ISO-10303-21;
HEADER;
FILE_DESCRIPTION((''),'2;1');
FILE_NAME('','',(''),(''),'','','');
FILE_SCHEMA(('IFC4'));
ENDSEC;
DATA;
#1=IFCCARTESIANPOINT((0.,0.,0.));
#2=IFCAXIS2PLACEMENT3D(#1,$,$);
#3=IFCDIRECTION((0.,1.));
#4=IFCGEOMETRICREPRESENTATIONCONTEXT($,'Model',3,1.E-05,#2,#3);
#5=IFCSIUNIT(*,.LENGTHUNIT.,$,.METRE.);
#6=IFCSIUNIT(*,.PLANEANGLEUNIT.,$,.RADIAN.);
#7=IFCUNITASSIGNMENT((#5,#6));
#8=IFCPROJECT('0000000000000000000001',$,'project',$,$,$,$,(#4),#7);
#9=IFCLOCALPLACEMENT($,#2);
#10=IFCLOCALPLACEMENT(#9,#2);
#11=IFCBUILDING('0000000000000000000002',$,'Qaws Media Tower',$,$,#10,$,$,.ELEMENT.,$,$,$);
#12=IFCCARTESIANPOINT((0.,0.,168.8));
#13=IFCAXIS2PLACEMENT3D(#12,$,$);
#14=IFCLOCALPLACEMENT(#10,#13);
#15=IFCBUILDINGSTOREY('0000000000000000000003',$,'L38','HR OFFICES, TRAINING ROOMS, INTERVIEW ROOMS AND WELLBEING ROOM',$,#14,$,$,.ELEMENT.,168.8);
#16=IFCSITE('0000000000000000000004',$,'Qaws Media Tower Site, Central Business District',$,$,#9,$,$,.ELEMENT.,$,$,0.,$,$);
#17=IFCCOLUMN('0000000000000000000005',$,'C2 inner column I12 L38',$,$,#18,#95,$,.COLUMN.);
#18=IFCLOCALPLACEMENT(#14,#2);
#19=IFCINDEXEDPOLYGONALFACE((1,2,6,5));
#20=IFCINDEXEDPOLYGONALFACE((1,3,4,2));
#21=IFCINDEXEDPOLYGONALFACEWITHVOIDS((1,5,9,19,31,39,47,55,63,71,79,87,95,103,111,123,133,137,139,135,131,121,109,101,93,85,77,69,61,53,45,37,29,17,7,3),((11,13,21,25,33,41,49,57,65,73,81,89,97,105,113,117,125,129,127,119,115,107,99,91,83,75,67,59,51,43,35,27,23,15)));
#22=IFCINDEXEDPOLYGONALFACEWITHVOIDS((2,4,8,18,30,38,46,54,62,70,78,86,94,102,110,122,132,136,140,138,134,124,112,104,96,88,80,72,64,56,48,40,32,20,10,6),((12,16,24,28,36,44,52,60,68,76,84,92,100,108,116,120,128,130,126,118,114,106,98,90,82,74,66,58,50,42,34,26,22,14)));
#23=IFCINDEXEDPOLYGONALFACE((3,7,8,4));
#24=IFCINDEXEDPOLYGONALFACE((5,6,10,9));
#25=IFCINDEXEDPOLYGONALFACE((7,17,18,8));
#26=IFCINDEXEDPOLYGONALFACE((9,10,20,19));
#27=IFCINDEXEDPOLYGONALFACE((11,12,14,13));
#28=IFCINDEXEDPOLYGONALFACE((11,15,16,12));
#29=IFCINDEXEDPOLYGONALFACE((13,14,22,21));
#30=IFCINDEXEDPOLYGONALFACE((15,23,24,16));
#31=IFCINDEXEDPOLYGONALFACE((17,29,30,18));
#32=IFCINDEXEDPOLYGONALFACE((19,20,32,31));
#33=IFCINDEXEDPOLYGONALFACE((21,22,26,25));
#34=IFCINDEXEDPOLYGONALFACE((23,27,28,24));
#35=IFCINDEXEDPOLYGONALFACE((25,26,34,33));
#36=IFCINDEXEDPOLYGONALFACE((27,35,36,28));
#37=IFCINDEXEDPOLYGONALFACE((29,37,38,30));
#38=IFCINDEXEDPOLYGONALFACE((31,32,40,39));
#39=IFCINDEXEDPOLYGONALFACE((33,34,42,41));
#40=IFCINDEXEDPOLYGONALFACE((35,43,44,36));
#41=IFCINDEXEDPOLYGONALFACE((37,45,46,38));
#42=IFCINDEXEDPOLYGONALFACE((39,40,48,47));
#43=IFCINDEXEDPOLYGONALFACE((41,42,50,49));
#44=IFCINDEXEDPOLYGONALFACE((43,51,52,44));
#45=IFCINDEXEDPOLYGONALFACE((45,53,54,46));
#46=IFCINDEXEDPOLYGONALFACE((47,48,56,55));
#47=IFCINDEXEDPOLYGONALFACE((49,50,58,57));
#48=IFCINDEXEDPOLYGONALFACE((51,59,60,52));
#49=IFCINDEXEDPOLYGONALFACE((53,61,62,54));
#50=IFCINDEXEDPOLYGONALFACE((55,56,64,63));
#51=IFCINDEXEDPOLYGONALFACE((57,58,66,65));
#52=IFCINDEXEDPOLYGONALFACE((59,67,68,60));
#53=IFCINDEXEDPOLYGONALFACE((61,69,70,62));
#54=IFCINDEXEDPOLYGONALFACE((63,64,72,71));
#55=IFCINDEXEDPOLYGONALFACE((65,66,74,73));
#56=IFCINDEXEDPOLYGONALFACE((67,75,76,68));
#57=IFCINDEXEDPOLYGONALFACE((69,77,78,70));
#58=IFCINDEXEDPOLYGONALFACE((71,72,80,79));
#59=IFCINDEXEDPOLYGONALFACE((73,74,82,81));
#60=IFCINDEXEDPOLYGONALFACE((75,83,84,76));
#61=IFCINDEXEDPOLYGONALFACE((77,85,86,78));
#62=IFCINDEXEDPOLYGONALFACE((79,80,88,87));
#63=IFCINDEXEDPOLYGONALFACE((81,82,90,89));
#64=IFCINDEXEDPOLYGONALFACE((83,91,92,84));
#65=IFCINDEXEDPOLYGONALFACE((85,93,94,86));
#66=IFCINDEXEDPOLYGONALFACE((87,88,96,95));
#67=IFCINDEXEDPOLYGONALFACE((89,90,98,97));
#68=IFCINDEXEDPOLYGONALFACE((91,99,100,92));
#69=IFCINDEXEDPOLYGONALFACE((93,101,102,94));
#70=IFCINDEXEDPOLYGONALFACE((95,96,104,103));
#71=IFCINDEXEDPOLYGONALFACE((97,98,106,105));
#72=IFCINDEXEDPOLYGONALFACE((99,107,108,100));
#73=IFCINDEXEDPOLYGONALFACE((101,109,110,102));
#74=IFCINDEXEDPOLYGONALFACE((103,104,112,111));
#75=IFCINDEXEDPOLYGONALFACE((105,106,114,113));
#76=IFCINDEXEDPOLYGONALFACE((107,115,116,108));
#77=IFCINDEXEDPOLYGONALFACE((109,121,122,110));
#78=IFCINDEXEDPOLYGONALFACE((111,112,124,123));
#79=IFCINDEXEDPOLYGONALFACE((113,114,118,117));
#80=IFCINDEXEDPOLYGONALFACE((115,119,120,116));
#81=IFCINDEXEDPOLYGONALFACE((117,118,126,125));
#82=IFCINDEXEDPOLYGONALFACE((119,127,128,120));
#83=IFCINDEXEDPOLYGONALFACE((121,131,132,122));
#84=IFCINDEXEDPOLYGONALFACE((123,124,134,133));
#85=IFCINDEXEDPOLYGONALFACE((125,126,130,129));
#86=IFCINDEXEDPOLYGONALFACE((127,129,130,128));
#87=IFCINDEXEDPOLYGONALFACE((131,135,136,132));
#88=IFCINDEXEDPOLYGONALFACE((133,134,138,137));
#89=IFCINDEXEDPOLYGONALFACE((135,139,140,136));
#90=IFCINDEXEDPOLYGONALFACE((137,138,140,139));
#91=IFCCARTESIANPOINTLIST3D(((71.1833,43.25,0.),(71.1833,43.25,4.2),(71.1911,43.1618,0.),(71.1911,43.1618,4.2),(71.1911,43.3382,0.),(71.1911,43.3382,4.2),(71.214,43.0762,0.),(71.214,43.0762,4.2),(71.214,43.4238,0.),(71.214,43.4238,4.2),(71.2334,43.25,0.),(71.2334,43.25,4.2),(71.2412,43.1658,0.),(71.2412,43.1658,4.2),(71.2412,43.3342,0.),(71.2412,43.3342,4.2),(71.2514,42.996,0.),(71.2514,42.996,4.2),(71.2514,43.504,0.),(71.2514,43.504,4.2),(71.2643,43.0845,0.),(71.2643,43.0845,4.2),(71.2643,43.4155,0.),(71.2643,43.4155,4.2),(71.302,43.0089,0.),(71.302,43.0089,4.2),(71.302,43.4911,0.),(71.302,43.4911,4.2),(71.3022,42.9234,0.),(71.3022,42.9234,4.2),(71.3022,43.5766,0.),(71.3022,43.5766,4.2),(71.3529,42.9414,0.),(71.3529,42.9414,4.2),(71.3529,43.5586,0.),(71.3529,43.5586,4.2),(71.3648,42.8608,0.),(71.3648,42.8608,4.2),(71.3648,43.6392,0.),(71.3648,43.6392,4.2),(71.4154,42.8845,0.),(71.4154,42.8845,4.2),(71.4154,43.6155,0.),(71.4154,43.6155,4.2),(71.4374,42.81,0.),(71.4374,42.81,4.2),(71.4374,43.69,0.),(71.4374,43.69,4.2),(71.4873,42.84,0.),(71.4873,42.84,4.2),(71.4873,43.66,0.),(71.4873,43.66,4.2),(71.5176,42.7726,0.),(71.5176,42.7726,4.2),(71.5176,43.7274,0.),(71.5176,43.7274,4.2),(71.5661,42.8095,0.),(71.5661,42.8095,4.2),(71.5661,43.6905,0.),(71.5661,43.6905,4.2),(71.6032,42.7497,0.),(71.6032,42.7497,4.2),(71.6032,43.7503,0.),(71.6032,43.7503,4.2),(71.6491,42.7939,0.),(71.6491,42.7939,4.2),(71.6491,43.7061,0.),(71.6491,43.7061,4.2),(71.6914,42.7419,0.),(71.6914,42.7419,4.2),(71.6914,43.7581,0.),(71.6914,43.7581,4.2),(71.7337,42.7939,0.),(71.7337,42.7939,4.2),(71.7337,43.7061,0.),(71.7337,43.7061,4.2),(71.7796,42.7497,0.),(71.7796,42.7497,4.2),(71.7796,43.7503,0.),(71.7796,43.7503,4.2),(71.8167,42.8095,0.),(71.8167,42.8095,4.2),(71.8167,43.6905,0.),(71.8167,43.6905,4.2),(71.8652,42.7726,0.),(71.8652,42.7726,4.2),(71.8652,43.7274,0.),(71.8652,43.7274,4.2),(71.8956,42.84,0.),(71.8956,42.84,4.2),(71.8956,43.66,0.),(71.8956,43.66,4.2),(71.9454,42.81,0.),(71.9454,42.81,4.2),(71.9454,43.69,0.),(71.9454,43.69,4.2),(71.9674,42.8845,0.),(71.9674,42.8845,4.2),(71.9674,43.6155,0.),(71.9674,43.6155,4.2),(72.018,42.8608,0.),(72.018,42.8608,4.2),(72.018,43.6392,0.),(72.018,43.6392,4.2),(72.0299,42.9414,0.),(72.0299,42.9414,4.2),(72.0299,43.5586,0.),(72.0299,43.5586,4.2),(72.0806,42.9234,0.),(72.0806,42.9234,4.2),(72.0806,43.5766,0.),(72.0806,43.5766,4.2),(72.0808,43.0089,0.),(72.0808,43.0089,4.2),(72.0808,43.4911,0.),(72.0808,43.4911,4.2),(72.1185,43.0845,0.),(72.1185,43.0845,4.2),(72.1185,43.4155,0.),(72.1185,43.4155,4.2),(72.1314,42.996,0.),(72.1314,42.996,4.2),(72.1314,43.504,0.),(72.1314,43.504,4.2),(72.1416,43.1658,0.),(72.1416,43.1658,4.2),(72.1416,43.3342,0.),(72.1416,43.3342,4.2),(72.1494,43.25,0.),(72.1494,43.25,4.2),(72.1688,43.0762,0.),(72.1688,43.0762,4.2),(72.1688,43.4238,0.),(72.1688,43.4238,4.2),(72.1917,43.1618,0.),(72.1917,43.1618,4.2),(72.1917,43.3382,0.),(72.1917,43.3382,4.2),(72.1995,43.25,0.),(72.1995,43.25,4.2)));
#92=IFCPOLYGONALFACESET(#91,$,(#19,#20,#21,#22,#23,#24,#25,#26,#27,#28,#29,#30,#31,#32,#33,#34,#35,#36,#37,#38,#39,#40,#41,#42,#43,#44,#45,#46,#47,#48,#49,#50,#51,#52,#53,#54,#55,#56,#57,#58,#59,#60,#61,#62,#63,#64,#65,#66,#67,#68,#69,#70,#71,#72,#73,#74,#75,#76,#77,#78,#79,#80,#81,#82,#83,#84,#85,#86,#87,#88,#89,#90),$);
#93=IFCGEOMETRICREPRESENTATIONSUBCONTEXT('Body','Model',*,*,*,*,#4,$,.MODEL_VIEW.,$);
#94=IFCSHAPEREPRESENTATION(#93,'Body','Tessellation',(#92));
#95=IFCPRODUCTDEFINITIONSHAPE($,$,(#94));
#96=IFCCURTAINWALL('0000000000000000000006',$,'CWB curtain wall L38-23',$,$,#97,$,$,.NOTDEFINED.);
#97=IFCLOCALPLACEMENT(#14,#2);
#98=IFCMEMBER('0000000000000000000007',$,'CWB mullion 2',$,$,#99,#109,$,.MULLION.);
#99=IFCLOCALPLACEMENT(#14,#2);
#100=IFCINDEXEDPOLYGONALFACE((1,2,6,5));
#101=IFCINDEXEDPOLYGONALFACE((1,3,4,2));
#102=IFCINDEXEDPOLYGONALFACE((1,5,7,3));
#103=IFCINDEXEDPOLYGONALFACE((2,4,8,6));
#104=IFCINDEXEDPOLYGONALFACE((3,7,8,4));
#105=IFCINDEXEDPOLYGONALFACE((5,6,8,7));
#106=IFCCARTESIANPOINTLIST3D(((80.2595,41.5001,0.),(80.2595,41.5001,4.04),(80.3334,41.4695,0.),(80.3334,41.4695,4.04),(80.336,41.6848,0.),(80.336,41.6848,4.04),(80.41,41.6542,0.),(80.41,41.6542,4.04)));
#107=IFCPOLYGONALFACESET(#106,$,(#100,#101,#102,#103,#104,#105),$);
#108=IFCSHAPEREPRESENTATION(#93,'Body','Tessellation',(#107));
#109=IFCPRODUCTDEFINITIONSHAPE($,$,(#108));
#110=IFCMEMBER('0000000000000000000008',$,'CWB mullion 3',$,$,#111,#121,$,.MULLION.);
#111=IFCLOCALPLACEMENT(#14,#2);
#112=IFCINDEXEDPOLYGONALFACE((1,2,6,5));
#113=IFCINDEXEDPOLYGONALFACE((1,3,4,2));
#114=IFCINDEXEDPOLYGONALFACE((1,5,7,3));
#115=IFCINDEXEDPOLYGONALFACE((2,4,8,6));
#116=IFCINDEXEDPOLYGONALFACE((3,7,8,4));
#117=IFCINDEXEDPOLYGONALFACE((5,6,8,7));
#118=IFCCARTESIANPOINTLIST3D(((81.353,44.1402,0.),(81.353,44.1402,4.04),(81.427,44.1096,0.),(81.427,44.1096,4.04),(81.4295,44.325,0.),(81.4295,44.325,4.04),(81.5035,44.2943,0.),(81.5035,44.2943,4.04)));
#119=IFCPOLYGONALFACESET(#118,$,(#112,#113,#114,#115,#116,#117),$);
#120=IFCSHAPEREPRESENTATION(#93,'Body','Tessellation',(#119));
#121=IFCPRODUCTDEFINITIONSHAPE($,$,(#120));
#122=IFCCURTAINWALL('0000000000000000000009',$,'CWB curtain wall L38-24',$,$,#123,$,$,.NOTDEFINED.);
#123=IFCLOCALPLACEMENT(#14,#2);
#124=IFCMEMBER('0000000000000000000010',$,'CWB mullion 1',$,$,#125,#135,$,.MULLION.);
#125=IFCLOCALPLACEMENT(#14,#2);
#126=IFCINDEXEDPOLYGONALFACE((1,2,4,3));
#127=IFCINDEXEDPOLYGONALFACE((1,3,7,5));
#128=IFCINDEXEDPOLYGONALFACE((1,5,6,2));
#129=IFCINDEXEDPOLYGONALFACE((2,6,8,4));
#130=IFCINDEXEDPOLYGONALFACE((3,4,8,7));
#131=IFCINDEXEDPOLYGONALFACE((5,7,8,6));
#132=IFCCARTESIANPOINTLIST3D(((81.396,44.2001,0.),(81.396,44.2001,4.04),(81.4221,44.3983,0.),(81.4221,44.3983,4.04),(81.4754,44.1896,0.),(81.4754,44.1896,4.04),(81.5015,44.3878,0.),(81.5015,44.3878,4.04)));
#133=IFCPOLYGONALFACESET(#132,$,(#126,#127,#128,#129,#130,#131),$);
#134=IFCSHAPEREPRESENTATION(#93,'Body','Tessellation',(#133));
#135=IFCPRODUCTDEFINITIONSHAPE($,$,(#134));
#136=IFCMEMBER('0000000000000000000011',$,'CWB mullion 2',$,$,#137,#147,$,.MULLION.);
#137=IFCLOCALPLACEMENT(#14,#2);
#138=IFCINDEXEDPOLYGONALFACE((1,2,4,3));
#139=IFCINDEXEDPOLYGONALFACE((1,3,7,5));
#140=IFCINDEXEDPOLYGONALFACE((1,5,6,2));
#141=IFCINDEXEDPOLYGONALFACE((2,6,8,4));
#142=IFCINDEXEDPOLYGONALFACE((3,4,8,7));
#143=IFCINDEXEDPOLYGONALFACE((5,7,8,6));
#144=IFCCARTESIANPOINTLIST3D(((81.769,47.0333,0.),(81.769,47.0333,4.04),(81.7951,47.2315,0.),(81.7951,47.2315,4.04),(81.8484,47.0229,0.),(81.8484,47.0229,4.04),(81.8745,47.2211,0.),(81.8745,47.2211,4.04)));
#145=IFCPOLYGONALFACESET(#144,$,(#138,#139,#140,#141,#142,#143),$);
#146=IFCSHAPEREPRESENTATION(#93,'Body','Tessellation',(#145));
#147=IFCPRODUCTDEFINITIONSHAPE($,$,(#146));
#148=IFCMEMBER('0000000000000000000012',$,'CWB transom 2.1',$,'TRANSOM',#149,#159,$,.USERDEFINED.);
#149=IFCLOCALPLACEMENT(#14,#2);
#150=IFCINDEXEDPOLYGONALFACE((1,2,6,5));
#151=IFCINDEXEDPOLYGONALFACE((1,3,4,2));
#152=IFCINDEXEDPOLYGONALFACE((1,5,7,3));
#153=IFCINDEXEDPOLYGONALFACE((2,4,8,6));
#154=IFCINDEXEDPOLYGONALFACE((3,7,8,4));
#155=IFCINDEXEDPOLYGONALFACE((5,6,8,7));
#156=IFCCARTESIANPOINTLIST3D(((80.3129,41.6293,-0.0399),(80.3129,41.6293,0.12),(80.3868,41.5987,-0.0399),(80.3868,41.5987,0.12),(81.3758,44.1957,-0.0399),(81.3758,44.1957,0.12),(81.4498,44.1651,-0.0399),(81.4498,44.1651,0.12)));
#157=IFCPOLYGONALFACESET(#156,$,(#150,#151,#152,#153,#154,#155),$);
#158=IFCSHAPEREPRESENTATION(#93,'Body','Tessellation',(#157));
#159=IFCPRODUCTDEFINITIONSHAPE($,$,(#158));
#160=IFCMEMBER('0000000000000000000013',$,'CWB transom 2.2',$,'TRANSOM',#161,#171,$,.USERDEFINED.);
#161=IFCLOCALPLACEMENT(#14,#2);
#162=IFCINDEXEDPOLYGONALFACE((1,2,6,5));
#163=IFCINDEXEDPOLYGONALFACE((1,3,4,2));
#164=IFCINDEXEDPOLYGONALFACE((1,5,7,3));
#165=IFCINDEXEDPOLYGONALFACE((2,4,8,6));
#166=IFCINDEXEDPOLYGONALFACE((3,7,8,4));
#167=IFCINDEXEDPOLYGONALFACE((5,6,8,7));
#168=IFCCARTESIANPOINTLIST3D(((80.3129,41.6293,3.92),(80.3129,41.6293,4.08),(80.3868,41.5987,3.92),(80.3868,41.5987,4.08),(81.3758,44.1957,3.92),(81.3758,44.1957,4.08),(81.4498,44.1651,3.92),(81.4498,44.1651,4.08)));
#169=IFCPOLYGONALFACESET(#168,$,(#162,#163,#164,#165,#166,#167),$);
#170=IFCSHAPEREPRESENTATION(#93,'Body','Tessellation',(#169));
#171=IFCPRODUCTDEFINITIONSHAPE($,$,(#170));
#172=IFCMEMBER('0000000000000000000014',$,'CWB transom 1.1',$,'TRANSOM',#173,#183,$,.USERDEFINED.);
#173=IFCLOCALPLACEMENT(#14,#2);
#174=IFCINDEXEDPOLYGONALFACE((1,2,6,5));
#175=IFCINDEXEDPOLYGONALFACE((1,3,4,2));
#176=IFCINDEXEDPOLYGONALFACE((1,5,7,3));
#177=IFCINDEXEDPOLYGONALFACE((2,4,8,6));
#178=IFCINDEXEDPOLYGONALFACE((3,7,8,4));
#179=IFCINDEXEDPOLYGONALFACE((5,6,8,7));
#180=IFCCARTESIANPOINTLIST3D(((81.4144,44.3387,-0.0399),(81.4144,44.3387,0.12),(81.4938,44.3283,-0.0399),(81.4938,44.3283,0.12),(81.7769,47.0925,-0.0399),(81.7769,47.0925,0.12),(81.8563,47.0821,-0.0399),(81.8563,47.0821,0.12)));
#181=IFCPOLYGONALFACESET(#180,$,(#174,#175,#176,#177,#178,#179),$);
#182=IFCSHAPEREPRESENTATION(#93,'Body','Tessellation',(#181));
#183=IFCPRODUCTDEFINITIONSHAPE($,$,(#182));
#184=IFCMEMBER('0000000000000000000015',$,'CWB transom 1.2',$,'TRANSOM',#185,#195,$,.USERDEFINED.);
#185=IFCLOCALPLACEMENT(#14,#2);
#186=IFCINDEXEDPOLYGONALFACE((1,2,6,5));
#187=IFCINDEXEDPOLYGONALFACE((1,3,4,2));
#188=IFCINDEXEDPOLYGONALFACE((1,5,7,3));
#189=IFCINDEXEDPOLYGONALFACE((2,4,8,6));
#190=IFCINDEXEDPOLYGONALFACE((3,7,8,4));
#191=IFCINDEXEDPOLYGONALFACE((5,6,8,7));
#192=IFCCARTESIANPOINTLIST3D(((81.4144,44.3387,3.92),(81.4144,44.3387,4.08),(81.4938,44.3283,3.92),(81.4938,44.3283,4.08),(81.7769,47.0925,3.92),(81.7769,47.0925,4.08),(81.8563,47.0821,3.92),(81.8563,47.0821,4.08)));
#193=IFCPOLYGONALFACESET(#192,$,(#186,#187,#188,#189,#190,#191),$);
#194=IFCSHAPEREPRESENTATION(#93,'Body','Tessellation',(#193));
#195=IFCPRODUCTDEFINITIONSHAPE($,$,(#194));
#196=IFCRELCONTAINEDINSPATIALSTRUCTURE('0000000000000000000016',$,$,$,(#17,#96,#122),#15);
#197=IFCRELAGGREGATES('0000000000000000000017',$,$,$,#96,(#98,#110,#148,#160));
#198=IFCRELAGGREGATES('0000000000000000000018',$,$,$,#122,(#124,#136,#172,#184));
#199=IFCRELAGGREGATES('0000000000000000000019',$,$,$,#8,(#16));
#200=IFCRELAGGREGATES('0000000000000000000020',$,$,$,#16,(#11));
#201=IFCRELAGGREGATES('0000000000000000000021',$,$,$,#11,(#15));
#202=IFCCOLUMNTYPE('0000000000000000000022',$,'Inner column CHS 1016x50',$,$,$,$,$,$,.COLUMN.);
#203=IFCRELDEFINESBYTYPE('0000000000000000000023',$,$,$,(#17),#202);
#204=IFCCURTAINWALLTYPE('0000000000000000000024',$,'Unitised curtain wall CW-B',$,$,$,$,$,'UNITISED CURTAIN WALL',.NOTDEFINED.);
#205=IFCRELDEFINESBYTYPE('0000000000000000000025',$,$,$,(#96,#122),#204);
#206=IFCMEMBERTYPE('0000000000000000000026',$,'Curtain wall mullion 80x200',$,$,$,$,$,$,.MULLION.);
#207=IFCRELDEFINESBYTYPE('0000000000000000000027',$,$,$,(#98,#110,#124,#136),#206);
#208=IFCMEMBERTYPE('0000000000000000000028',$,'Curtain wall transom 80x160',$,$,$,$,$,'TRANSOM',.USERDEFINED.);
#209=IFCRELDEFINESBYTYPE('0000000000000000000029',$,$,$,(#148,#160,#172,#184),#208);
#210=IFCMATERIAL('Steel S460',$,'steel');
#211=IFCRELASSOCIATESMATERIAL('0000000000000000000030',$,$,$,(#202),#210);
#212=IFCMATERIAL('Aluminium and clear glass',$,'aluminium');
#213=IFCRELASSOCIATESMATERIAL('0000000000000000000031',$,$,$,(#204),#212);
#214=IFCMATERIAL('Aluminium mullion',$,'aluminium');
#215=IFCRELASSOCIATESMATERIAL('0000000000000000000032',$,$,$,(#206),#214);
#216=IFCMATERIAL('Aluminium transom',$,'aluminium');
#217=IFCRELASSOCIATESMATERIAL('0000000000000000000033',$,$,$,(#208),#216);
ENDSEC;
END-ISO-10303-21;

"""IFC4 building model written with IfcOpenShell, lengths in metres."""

from ifc_helpers import new_model, si_unit, direction, frame, origin, origin_2d, place, context, subcontext, project, spatial, rectangle, hollow_circle, extrude, material, material_profile, profile_set, type_object, element, aggregate, save


model = new_model("IFC4")

# Units and contexts
model_context = context("Model", 3, precision=1e-05, world=origin(), true_north=direction((0.0, 1.0)))
body_context = subcontext(model_context, "Body", "Model", "MODEL_VIEW")
ifc_project = project(units=[si_unit("LENGTHUNIT", "METRE"), si_unit("PLANEANGLEUNIT", "RADIAN")], contexts=[model_context])

# Site, building, storey
site_placement = place(None, origin())
site = spatial("IfcSite", under=ifc_project, at=site_placement, Name="Qaws Media Tower Site, Central Business District", CompositionType="ELEMENT", RefElevation=0.0)
building_placement = place(site_placement, origin())
building = spatial("IfcBuilding", under=site, at=building_placement, Name="Qaws Media Tower", CompositionType="ELEMENT")
storey_placement = place(building_placement, frame((0.0, 0.0, 168.8)))
storey = spatial("IfcBuildingStorey", under=building, at=storey_placement, Name="L38", Description="HR OFFICES, TRAINING ROOMS, INTERVIEW ROOMS AND WELLBEING ROOM", CompositionType="ELEMENT", Elevation=168.8)

# Column
ifc_material_1 = material(Name="Steel S460", Category="steel")
ifc_material_profile_1 = material_profile(ifc_material_1, hollow_circle(Radius=0.5081, WallThickness=0.05, at=origin_2d()), Name="CHS 1016x50")
ifc_profile_set_1 = profile_set([ifc_material_profile_1], Name="Steel S460")
column_type = type_object("IfcColumnType", Name="Inner column CHS 1016x50", PredefinedType="COLUMN", material=ifc_profile_set_1)
column_placement = place(storey_placement, frame((71.6914, 43.25, 0.0), z_axis=(0.0, 0.0, 1.0), x_axis=(1.0, 0.0, 0.0)))
element("IfcColumn", 1, at=column_placement, inside=storey, type_object=column_type, Name="C2 inner column I12 L38", PredefinedType="COLUMN", context=body_context, shape_type="SweptSolid", body=[
    extrude(hollow_circle(Radius=0.5081, WallThickness=0.05, at=origin_2d()), origin(), (0.0, 0.0, 1.0), 4.2),
])

# Curtain walls, members
ifc_material_2 = material(Name="Aluminium and clear glass", Category="aluminium")
curtain_wall_type = type_object("IfcCurtainWallType", Name="Unitised curtain wall CW-B", ElementType="UNITISED CURTAIN WALL", PredefinedType="NOTDEFINED", material=ifc_material_2)
curtain_wall_1_placement = place(storey_placement, origin())
curtain_wall_1 = element("IfcCurtainWall", 2, at=curtain_wall_1_placement, inside=storey, type_object=curtain_wall_type, Name="CWB curtain wall L38-23", PredefinedType="NOTDEFINED")
ifc_material_3 = material(Name="Aluminium mullion", Category="aluminium")
ifc_material_profile_2 = material_profile(ifc_material_3, rectangle(XDim=0.0801, YDim=0.2, at=origin_2d()), Name="80x200")
ifc_profile_set_2 = profile_set([ifc_material_profile_2], Name="Aluminium mullion")
member_type_1 = type_object("IfcMemberType", Name="Curtain wall mullion 80x200", PredefinedType="MULLION", material=ifc_profile_set_2)
member_1_placement = place(storey_placement, frame((80.3347, 41.5771, 0.0), z_axis=(0.0, 0.0, 1.0), x_axis=(-0.92388, 0.382683, 0.0)))
member_1 = element("IfcMember", 3, at=member_1_placement, type_object=member_type_1, Name="CWB mullion 2", PredefinedType="MULLION", context=body_context, shape_type="SweptSolid", body=[
    extrude(rectangle(XDim=0.0801, YDim=0.2, at=origin_2d()), origin(), (0.0, 0.0, 1.0), 4.04),
])
member_2_placement = place(storey_placement, frame((81.4282, 44.2173, 0.0), z_axis=(0.0, 0.0, 1.0), x_axis=(-0.92388, 0.382683, 0.0)))
member_2 = element("IfcMember", 4, at=member_2_placement, type_object=member_type_1, Name="CWB mullion 3", PredefinedType="MULLION", context=body_context, shape_type="SweptSolid", body=[
    extrude(rectangle(XDim=0.0801, YDim=0.2, at=origin_2d()), origin(), (0.0, 0.0, 1.0), 4.04),
])
curtain_wall_2_placement = place(storey_placement, origin())
curtain_wall_2 = element("IfcCurtainWall", 5, at=curtain_wall_2_placement, inside=storey, type_object=curtain_wall_type, Name="CWB curtain wall L38-24", PredefinedType="NOTDEFINED")
member_3_placement = place(storey_placement, frame((81.4487, 44.2939, 0.0), z_axis=(0.0, 0.0, 1.0), x_axis=(-0.991445, 0.130526, 0.0)))
member_3 = element("IfcMember", 6, at=member_3_placement, type_object=member_type_1, Name="CWB mullion 1", PredefinedType="MULLION", context=body_context, shape_type="SweptSolid", body=[
    extrude(rectangle(XDim=0.0801, YDim=0.2, at=origin_2d()), origin(), (0.0, 0.0, 1.0), 4.04),
])
member_4_placement = place(storey_placement, frame((81.8218, 47.1272, 0.0), z_axis=(0.0, 0.0, 1.0), x_axis=(-0.991445, 0.130526, 0.0)))
member_4 = element("IfcMember", 7, at=member_4_placement, type_object=member_type_1, Name="CWB mullion 2", PredefinedType="MULLION", context=body_context, shape_type="SweptSolid", body=[
    extrude(rectangle(XDim=0.0801, YDim=0.2, at=origin_2d()), origin(), (0.0, 0.0, 1.0), 4.04),
])

# Members
ifc_material_4 = material(Name="Aluminium transom", Category="aluminium")
ifc_material_profile_3 = material_profile(ifc_material_4, rectangle(XDim=0.0801, YDim=0.1599, at=origin_2d()), Name="80x160")
ifc_profile_set_3 = profile_set([ifc_material_profile_3], Name="Aluminium transom")
member_type_2 = type_object("IfcMemberType", Name="Curtain wall transom 80x160", ElementType="TRANSOM", PredefinedType="USERDEFINED", material=ifc_profile_set_3)
member_5_placement = place(storey_placement, frame((80.3499, 41.614, 0.04), z_axis=(0.382667, 0.923886, 0.0), x_axis=(-0.923886, 0.382667, 0.0)))
member_5 = element("IfcMember", 8, at=member_5_placement, type_object=member_type_2, Name="CWB transom 2.1", ObjectType="TRANSOM", PredefinedType="USERDEFINED", context=body_context, shape_type="SweptSolid", body=[
    extrude(rectangle(XDim=0.0801, YDim=0.1599, at=origin_2d()), origin(), (0.0, 0.0, 1.0), 2.7778),
])
member_6_placement = place(storey_placement, frame((80.3499, 41.614, 4.0), z_axis=(0.382667, 0.923886, 0.0), x_axis=(-0.923886, 0.382667, 0.0)))
member_6 = element("IfcMember", 9, at=member_6_placement, type_object=member_type_2, Name="CWB transom 2.2", ObjectType="TRANSOM", PredefinedType="USERDEFINED", context=body_context, shape_type="SweptSolid", body=[
    extrude(rectangle(XDim=0.0801, YDim=0.1599, at=origin_2d()), origin(), (0.0, 0.0, 1.0), 2.7778),
])
member_7_placement = place(storey_placement, frame((81.4541, 44.3335, 0.04), z_axis=(0.130523, 0.991445, 0.0), x_axis=(-0.991445, 0.130523, 0.0)))
member_7 = element("IfcMember", 10, at=member_7_placement, type_object=member_type_2, Name="CWB transom 1.1", ObjectType="TRANSOM", PredefinedType="USERDEFINED", context=body_context, shape_type="SweptSolid", body=[
    extrude(rectangle(XDim=0.0801, YDim=0.1599, at=origin_2d()), origin(), (0.0, 0.0, 1.0), 2.7776),
])
member_8_placement = place(storey_placement, frame((81.4541, 44.3335, 4.0), z_axis=(0.130523, 0.991445, 0.0), x_axis=(-0.991445, 0.130523, 0.0)))
member_8 = element("IfcMember", 11, at=member_8_placement, type_object=member_type_2, Name="CWB transom 1.2", ObjectType="TRANSOM", PredefinedType="USERDEFINED", context=body_context, shape_type="SweptSolid", body=[
    extrude(rectangle(XDim=0.0801, YDim=0.1599, at=origin_2d()), origin(), (0.0, 0.0, 1.0), 2.7776),
])

aggregate(curtain_wall_1, [member_1, member_2, member_5, member_6])
aggregate(curtain_wall_2, [member_3, member_4, member_7, member_8])

save(model, "model.ifc")
